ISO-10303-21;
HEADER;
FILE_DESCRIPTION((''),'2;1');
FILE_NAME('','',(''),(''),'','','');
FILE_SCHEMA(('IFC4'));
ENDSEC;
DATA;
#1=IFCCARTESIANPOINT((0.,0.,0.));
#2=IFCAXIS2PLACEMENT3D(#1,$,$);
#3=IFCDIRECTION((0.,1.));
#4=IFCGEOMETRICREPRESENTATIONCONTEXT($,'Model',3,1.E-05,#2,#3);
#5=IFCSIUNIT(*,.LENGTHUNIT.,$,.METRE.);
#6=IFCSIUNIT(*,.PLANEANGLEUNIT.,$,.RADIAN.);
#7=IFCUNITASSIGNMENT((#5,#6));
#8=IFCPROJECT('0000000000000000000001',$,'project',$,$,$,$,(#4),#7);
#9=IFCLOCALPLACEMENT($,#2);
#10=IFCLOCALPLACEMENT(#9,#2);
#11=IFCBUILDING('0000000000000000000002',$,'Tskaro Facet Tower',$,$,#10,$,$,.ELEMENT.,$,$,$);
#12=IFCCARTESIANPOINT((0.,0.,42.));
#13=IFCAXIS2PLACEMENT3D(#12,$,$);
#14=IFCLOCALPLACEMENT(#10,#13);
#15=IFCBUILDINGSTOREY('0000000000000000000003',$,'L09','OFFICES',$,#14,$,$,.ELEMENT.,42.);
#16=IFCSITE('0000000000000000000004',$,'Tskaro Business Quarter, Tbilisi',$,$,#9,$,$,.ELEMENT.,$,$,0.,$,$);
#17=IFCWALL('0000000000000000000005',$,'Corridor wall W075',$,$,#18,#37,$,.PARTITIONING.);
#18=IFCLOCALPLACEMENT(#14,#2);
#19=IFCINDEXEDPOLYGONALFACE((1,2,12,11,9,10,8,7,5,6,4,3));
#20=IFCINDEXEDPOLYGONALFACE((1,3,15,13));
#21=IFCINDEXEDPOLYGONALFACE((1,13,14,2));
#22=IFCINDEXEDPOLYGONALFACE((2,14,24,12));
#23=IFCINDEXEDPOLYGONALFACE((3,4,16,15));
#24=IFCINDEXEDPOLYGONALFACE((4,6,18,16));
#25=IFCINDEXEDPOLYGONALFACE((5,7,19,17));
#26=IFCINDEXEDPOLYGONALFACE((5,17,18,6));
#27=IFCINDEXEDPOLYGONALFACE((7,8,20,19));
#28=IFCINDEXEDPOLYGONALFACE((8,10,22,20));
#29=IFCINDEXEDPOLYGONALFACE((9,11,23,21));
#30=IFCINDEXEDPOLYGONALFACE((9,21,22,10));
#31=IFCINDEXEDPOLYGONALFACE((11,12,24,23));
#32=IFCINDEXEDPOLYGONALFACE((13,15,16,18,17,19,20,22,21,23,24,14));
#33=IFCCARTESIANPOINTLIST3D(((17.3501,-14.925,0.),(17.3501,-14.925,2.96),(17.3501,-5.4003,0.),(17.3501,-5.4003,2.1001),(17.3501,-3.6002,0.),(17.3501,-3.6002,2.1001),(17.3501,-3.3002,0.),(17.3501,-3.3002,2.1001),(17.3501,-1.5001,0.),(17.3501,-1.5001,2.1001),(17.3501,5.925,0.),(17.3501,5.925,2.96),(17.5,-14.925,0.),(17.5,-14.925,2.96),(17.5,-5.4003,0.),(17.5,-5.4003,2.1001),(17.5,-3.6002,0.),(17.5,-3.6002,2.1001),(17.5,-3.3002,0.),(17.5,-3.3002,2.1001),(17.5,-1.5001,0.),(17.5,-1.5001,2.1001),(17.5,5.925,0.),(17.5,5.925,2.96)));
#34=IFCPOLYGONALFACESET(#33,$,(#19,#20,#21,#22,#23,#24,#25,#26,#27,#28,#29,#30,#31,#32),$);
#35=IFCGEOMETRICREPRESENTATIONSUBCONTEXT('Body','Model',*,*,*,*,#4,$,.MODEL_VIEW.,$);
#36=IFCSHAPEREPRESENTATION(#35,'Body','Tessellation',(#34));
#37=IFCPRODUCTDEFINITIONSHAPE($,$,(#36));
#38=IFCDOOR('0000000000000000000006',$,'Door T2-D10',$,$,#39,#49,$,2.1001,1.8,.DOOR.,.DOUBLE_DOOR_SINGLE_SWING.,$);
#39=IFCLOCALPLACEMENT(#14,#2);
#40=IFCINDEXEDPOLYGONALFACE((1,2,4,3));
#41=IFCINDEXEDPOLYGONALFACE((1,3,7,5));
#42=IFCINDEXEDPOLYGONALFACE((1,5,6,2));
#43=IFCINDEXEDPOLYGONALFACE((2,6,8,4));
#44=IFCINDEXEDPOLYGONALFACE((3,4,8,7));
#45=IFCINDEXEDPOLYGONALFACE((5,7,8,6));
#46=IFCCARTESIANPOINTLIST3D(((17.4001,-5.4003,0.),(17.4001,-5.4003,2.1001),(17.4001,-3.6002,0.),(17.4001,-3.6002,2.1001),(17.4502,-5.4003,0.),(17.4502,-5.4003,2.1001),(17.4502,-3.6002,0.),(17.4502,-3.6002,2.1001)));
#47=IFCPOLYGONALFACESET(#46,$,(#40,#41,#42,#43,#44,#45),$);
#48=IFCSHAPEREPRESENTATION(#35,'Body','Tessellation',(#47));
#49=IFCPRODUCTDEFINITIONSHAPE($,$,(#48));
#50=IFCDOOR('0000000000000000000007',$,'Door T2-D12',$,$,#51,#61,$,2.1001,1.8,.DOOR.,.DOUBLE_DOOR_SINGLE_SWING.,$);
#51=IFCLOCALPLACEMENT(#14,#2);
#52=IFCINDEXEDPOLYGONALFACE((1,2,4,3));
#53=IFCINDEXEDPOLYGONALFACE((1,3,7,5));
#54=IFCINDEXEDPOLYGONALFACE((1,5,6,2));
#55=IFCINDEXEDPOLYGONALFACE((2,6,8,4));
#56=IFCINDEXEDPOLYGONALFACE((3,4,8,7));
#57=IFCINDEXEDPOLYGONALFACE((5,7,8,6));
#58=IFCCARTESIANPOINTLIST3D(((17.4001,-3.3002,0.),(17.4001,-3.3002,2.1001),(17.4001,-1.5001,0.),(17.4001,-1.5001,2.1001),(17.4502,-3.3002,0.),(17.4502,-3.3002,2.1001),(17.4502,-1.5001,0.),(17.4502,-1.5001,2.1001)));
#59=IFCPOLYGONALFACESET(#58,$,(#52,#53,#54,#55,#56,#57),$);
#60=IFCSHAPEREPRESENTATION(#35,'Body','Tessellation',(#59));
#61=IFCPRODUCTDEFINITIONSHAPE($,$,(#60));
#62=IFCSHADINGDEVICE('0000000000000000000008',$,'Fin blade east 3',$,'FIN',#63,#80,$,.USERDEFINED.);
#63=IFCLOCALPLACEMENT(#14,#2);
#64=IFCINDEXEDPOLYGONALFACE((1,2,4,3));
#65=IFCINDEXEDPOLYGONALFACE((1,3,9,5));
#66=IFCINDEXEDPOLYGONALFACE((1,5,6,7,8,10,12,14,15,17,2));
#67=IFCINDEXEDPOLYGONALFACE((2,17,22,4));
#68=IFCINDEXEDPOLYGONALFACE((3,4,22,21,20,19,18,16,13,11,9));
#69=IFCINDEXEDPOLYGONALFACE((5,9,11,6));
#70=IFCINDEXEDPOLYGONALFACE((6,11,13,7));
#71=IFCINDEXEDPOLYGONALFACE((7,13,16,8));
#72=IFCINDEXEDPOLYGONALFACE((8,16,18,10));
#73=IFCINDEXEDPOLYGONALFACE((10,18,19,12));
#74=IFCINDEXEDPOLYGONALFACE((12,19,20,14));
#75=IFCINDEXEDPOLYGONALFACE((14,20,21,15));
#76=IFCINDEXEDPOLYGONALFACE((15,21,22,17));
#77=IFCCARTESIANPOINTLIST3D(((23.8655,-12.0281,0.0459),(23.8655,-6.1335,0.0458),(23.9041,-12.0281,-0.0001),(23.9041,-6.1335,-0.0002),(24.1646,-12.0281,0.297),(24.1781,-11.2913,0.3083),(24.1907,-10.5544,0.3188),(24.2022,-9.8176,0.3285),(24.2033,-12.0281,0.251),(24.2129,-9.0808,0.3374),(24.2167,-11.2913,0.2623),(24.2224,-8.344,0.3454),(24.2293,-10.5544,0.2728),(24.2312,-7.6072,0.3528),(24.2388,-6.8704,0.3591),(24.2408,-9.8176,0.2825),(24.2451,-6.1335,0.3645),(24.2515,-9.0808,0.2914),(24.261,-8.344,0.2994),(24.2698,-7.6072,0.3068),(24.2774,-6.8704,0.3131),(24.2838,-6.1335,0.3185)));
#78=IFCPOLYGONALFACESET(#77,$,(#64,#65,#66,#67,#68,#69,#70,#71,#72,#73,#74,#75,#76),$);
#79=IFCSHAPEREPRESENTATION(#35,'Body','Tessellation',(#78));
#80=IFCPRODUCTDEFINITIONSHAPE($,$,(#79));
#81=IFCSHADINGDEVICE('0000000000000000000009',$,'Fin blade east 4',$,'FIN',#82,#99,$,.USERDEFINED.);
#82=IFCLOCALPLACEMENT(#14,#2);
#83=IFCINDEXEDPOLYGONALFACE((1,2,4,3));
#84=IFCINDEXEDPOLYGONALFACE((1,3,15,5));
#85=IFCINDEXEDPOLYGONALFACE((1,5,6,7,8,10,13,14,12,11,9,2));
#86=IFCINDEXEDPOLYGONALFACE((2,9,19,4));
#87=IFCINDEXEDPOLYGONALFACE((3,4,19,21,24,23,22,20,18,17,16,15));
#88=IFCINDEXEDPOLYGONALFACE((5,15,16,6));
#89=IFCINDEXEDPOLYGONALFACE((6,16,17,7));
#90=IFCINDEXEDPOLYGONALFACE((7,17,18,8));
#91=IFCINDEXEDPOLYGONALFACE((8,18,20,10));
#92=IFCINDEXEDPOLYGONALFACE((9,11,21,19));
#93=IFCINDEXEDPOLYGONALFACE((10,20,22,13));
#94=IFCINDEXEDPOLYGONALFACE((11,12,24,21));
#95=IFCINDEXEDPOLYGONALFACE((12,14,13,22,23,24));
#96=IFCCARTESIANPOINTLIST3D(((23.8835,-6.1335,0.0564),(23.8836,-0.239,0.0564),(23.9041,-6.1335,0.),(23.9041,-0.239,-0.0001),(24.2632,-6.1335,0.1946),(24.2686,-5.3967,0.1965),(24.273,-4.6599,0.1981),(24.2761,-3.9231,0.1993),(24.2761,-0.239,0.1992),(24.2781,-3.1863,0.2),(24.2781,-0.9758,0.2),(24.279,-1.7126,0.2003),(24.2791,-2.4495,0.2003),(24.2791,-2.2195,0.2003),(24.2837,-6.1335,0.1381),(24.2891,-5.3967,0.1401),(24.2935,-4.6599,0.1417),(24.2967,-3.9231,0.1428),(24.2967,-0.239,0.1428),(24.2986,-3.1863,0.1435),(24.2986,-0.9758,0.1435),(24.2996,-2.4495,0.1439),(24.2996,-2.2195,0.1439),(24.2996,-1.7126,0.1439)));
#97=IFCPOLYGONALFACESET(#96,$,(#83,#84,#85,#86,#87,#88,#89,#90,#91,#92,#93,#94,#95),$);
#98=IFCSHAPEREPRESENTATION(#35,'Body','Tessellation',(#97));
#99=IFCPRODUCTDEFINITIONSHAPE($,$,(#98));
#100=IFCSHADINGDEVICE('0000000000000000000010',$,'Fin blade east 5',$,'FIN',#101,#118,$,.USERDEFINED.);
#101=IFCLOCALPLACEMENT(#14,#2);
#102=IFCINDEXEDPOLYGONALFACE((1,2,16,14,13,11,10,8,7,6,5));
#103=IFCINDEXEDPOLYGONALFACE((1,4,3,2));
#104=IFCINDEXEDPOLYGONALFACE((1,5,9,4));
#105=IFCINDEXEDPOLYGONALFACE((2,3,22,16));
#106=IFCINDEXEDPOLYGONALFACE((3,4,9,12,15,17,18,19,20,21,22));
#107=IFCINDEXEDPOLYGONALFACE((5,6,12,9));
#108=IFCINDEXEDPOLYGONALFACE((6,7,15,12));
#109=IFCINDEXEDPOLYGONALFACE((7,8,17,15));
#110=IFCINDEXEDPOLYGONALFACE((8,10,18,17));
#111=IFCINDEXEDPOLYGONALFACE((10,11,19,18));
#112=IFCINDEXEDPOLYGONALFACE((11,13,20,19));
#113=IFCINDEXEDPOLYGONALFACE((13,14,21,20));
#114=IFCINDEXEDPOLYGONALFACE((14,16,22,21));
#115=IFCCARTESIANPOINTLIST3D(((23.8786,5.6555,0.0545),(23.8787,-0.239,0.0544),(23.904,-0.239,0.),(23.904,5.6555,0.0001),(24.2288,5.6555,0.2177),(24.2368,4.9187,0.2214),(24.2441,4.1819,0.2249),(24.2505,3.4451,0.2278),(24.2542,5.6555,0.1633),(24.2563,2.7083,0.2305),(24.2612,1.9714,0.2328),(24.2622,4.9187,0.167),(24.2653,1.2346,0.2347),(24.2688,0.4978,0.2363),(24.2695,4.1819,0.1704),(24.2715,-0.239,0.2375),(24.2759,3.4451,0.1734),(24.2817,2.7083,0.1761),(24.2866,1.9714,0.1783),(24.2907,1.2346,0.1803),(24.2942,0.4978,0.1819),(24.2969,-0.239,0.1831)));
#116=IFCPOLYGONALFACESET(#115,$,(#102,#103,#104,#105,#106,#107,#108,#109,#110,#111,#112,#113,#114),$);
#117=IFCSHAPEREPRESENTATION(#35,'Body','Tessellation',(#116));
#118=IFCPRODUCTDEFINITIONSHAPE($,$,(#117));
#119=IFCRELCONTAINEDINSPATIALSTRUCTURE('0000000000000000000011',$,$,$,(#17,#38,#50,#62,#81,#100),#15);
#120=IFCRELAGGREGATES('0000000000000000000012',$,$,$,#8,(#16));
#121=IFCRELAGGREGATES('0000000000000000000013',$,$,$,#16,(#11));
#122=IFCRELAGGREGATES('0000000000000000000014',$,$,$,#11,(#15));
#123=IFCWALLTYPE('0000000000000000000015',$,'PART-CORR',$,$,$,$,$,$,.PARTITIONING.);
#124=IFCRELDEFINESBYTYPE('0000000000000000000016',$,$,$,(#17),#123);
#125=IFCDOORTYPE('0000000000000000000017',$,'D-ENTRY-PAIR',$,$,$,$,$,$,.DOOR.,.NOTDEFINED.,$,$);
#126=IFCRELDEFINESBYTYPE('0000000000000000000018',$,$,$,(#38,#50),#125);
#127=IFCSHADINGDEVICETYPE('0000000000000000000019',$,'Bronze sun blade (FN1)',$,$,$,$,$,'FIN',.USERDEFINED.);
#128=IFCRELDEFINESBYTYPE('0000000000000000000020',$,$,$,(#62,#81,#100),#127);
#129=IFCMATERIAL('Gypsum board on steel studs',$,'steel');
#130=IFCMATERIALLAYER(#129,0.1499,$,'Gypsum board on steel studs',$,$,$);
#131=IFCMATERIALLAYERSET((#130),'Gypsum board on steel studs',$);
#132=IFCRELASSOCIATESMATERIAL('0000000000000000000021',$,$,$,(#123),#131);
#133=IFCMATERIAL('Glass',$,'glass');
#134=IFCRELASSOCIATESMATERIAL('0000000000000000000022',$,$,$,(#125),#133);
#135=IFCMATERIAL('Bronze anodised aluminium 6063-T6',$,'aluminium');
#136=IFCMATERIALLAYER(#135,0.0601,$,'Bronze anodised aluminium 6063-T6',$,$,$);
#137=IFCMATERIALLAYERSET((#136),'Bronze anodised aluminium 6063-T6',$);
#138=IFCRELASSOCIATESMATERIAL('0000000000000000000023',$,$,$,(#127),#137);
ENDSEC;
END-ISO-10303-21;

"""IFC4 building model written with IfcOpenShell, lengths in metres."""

from ifc_helpers import new_model, si_unit, direction, frame, frame_2d, origin, place, context, subcontext, project, spatial, polyline, rectangle, outline, extrude, material, layer, layer_set, type_object, element, fill, save


model = new_model("IFC4")

# Units and contexts
model_context = context("Model", 3, precision=1e-05, world=origin(), true_north=direction((0.0, 1.0)))
body_context = subcontext(model_context, "Body", "Model", "MODEL_VIEW")
ifc_project = project(units=[si_unit("LENGTHUNIT", "METRE"), si_unit("PLANEANGLEUNIT", "RADIAN")], contexts=[model_context])

# Site, building, storey
site_placement = place(None, origin())
site = spatial("IfcSite", under=ifc_project, at=site_placement, Name="Tskaro Business Quarter, Tbilisi", CompositionType="ELEMENT", RefElevation=0.0)
building_placement = place(site_placement, origin())
building = spatial("IfcBuilding", under=site, at=building_placement, Name="Tskaro Facet Tower", CompositionType="ELEMENT")
storey_placement = place(building_placement, frame((0.0, 0.0, 42.0)))
storey = spatial("IfcBuildingStorey", under=building, at=storey_placement, Name="L09", Description="OFFICES", CompositionType="ELEMENT", Elevation=42.0)

# Shared definitions
ifc_material_1 = material(Name="Bronze anodised aluminium 6063-T6", Category="aluminium")

# Shared definitions
ifc_material_2 = material(Name="Gypsum board on steel studs", Category="steel")

# Wall, openings, doors
ifc_layer_1 = layer(ifc_material_2, 0.1499, Name="Gypsum board on steel studs")
ifc_layer_set_1 = layer_set([ifc_layer_1], Name="Gypsum board on steel studs")
wall_type_1 = type_object("IfcWallType", Name="PART-CORR", PredefinedType="PARTITIONING", material=ifc_layer_set_1)
wall_1_placement = place(storey_placement, frame((17.425, -14.925, 0.0), z_axis=(0.0, 0.0, 1.0), x_axis=(0.0, 1.0, 0.0)))
wall_1 = element("IfcWall", 1, at=wall_1_placement, inside=storey, type_object=wall_type_1, Name="Corridor wall W075", PredefinedType="PARTITIONING", context=body_context, shape_type="SweptSolid", body=[
    extrude(rectangle(XDim=20.8501, YDim=0.1499, at=frame_2d((10.425, 0.0))), origin(), (0.0, 0.0, 1.0), 2.96),
])
opening_1_placement = place(wall_1_placement, frame((9.5249, 0.0, 0.0)))
opening_1 = element("IfcOpeningElement", 2, at=opening_1_placement, cuts=wall_1, PredefinedType="OPENING", context=body_context, shape_type="SweptSolid", body=[
    extrude(rectangle(XDim=1.8, YDim=2.1001, at=frame_2d((0.8999, 1.05))), frame((0.0, 0.085, 0.0), z_axis=(0.0, -1.0, 0.0), x_axis=(1.0, 0.0, 0.0)), (0.0, 0.0, 1.0), 0.1699),
])
opening_2_placement = place(wall_1_placement, frame((11.625, 0.0, 0.0)))
opening_2 = element("IfcOpeningElement", 3, at=opening_2_placement, cuts=wall_1, PredefinedType="OPENING", context=body_context, shape_type="SweptSolid", body=[
    extrude(rectangle(XDim=1.8, YDim=2.1001, at=frame_2d((0.8999, 1.05))), frame((0.0, 0.085, 0.0), z_axis=(0.0, -1.0, 0.0), x_axis=(1.0, 0.0, 0.0)), (0.0, 0.0, 1.0), 0.1699),
])
ifc_material_3 = material(Name="Glass", Category="glass")
door_type_1 = type_object("IfcDoorType", Name="D-ENTRY-PAIR", OperationType="NOTDEFINED", PredefinedType="DOOR", material=ifc_material_3)
door_1_placement = place(opening_1_placement, origin())
door_1 = element("IfcDoor", 4, at=door_1_placement, inside=storey, type_object=door_type_1, Name="Door T2-D10", OperationType="DOUBLE_DOOR_SINGLE_SWING", OverallHeight=2.1001, OverallWidth=1.8, PredefinedType="DOOR", context=body_context, shape_type="SweptSolid", body=[
    extrude(rectangle(XDim=1.8, YDim=2.1001, at=frame_2d((0.8999, 1.05))), frame((0.0, 0.0249, 0.0), z_axis=(0.0, -1.0, 0.0), x_axis=(1.0, 0.0, 0.0)), (0.0, 0.0, 1.0), 0.05),
])
fill(opening_1, door_1)
door_2_placement = place(opening_2_placement, origin())
door_2 = element("IfcDoor", 5, at=door_2_placement, inside=storey, type_object=door_type_1, Name="Door T2-D12", OperationType="DOUBLE_DOOR_SINGLE_SWING", OverallHeight=2.1001, OverallWidth=1.8, PredefinedType="DOOR", context=body_context, shape_type="SweptSolid", body=[
    extrude(rectangle(XDim=1.8, YDim=2.1001, at=frame_2d((0.8999, 1.05))), frame((0.0, 0.0249, 0.0), z_axis=(0.0, -1.0, 0.0), x_axis=(1.0, 0.0, 0.0)), (0.0, 0.0, 1.0), 0.05),
])
fill(opening_2, door_2)

# Shading devices
ifc_layer_2 = layer(ifc_material_1, 0.0601, Name="Bronze anodised aluminium 6063-T6")
ifc_layer_set_2 = layer_set([ifc_layer_2], Name="Bronze anodised aluminium 6063-T6")
shading_device_type = type_object("IfcShadingDeviceType", Name="Bronze sun blade (FN1)", ElementType="FIN", PredefinedType="USERDEFINED", material=ifc_layer_set_2)
shading_device_1_placement = place(storey_placement, frame((23.8655, -12.0281, 0.0459), z_axis=(-0.642909, 0.000015, 0.765943), x_axis=(0.00001, 1.0, -0.000012)))
element("IfcShadingDevice", 6, at=shading_device_1_placement, inside=storey, type_object=shading_device_type, Name="Fin blade east 3", ObjectType="FIN", PredefinedType="USERDEFINED", context=body_context, shape_type="SweptSolid", body=[
    extrude(outline(polyline([(0.0, 0.0), (5.8945, 0.0), (5.8945, -0.4956), (5.1577, -0.4873), (4.4209, -0.4774), (3.6841, -0.466), (2.9473, -0.4535), (2.2104, -0.4396), (1.4736, -0.4246), (0.7368, -0.4081), (0.0, -0.3906), (0.0, 0.0)])), origin(), (0.0, 0.0, -1.0), 0.0601),
])
shading_device_2_placement = place(storey_placement, frame((23.8835, -6.1335, 0.0564), z_axis=(-0.341997, 0.000006, 0.939701), x_axis=(0.000002, 1.0, -0.000005)))
element("IfcShadingDevice", 7, at=shading_device_2_placement, inside=storey, type_object=shading_device_type, Name="Fin blade east 4", ObjectType="FIN", PredefinedType="USERDEFINED", context=body_context, shape_type="SweptSolid", body=[
    extrude(outline(polyline([(0.0, 0.0), (5.8945, 0.0), (5.8945, -0.4178), (5.1577, -0.4198), (4.4209, -0.4208), (3.9141, -0.4209), (3.6841, -0.4209), (2.9473, -0.4198), (2.2104, -0.4178), (1.4736, -0.4144), (0.7368, -0.4097), (0.0, -0.404), (0.0, 0.0)])), origin(), (0.0, 0.0, -1.0), 0.0601),
])
shading_device_3_placement = place(storey_placement, frame((23.8787, -0.239, 0.0544), z_axis=(-0.422486, -0.00001, 0.906369), x_axis=(-0.000004, 1.0, 0.000009)))
element("IfcShadingDevice", 8, at=shading_device_3_placement, inside=storey, type_object=shading_device_type, Name="Fin blade east 5", ObjectType="FIN", PredefinedType="USERDEFINED", context=body_context, shape_type="SweptSolid", body=[
    extrude(outline(polyline([(0.0, 0.0), (5.8945, 0.0), (5.8945, -0.3863), (5.1577, -0.3952), (4.4209, -0.4033), (3.6841, -0.4102), (2.9473, -0.4167), (2.2104, -0.422), (1.4736, -0.4266), (0.7368, -0.4305), (0.0, -0.4334), (0.0, 0.0)])), origin(), (0.0, 0.0, -1.0), 0.0601),
])

save(model, "model.ifc")
